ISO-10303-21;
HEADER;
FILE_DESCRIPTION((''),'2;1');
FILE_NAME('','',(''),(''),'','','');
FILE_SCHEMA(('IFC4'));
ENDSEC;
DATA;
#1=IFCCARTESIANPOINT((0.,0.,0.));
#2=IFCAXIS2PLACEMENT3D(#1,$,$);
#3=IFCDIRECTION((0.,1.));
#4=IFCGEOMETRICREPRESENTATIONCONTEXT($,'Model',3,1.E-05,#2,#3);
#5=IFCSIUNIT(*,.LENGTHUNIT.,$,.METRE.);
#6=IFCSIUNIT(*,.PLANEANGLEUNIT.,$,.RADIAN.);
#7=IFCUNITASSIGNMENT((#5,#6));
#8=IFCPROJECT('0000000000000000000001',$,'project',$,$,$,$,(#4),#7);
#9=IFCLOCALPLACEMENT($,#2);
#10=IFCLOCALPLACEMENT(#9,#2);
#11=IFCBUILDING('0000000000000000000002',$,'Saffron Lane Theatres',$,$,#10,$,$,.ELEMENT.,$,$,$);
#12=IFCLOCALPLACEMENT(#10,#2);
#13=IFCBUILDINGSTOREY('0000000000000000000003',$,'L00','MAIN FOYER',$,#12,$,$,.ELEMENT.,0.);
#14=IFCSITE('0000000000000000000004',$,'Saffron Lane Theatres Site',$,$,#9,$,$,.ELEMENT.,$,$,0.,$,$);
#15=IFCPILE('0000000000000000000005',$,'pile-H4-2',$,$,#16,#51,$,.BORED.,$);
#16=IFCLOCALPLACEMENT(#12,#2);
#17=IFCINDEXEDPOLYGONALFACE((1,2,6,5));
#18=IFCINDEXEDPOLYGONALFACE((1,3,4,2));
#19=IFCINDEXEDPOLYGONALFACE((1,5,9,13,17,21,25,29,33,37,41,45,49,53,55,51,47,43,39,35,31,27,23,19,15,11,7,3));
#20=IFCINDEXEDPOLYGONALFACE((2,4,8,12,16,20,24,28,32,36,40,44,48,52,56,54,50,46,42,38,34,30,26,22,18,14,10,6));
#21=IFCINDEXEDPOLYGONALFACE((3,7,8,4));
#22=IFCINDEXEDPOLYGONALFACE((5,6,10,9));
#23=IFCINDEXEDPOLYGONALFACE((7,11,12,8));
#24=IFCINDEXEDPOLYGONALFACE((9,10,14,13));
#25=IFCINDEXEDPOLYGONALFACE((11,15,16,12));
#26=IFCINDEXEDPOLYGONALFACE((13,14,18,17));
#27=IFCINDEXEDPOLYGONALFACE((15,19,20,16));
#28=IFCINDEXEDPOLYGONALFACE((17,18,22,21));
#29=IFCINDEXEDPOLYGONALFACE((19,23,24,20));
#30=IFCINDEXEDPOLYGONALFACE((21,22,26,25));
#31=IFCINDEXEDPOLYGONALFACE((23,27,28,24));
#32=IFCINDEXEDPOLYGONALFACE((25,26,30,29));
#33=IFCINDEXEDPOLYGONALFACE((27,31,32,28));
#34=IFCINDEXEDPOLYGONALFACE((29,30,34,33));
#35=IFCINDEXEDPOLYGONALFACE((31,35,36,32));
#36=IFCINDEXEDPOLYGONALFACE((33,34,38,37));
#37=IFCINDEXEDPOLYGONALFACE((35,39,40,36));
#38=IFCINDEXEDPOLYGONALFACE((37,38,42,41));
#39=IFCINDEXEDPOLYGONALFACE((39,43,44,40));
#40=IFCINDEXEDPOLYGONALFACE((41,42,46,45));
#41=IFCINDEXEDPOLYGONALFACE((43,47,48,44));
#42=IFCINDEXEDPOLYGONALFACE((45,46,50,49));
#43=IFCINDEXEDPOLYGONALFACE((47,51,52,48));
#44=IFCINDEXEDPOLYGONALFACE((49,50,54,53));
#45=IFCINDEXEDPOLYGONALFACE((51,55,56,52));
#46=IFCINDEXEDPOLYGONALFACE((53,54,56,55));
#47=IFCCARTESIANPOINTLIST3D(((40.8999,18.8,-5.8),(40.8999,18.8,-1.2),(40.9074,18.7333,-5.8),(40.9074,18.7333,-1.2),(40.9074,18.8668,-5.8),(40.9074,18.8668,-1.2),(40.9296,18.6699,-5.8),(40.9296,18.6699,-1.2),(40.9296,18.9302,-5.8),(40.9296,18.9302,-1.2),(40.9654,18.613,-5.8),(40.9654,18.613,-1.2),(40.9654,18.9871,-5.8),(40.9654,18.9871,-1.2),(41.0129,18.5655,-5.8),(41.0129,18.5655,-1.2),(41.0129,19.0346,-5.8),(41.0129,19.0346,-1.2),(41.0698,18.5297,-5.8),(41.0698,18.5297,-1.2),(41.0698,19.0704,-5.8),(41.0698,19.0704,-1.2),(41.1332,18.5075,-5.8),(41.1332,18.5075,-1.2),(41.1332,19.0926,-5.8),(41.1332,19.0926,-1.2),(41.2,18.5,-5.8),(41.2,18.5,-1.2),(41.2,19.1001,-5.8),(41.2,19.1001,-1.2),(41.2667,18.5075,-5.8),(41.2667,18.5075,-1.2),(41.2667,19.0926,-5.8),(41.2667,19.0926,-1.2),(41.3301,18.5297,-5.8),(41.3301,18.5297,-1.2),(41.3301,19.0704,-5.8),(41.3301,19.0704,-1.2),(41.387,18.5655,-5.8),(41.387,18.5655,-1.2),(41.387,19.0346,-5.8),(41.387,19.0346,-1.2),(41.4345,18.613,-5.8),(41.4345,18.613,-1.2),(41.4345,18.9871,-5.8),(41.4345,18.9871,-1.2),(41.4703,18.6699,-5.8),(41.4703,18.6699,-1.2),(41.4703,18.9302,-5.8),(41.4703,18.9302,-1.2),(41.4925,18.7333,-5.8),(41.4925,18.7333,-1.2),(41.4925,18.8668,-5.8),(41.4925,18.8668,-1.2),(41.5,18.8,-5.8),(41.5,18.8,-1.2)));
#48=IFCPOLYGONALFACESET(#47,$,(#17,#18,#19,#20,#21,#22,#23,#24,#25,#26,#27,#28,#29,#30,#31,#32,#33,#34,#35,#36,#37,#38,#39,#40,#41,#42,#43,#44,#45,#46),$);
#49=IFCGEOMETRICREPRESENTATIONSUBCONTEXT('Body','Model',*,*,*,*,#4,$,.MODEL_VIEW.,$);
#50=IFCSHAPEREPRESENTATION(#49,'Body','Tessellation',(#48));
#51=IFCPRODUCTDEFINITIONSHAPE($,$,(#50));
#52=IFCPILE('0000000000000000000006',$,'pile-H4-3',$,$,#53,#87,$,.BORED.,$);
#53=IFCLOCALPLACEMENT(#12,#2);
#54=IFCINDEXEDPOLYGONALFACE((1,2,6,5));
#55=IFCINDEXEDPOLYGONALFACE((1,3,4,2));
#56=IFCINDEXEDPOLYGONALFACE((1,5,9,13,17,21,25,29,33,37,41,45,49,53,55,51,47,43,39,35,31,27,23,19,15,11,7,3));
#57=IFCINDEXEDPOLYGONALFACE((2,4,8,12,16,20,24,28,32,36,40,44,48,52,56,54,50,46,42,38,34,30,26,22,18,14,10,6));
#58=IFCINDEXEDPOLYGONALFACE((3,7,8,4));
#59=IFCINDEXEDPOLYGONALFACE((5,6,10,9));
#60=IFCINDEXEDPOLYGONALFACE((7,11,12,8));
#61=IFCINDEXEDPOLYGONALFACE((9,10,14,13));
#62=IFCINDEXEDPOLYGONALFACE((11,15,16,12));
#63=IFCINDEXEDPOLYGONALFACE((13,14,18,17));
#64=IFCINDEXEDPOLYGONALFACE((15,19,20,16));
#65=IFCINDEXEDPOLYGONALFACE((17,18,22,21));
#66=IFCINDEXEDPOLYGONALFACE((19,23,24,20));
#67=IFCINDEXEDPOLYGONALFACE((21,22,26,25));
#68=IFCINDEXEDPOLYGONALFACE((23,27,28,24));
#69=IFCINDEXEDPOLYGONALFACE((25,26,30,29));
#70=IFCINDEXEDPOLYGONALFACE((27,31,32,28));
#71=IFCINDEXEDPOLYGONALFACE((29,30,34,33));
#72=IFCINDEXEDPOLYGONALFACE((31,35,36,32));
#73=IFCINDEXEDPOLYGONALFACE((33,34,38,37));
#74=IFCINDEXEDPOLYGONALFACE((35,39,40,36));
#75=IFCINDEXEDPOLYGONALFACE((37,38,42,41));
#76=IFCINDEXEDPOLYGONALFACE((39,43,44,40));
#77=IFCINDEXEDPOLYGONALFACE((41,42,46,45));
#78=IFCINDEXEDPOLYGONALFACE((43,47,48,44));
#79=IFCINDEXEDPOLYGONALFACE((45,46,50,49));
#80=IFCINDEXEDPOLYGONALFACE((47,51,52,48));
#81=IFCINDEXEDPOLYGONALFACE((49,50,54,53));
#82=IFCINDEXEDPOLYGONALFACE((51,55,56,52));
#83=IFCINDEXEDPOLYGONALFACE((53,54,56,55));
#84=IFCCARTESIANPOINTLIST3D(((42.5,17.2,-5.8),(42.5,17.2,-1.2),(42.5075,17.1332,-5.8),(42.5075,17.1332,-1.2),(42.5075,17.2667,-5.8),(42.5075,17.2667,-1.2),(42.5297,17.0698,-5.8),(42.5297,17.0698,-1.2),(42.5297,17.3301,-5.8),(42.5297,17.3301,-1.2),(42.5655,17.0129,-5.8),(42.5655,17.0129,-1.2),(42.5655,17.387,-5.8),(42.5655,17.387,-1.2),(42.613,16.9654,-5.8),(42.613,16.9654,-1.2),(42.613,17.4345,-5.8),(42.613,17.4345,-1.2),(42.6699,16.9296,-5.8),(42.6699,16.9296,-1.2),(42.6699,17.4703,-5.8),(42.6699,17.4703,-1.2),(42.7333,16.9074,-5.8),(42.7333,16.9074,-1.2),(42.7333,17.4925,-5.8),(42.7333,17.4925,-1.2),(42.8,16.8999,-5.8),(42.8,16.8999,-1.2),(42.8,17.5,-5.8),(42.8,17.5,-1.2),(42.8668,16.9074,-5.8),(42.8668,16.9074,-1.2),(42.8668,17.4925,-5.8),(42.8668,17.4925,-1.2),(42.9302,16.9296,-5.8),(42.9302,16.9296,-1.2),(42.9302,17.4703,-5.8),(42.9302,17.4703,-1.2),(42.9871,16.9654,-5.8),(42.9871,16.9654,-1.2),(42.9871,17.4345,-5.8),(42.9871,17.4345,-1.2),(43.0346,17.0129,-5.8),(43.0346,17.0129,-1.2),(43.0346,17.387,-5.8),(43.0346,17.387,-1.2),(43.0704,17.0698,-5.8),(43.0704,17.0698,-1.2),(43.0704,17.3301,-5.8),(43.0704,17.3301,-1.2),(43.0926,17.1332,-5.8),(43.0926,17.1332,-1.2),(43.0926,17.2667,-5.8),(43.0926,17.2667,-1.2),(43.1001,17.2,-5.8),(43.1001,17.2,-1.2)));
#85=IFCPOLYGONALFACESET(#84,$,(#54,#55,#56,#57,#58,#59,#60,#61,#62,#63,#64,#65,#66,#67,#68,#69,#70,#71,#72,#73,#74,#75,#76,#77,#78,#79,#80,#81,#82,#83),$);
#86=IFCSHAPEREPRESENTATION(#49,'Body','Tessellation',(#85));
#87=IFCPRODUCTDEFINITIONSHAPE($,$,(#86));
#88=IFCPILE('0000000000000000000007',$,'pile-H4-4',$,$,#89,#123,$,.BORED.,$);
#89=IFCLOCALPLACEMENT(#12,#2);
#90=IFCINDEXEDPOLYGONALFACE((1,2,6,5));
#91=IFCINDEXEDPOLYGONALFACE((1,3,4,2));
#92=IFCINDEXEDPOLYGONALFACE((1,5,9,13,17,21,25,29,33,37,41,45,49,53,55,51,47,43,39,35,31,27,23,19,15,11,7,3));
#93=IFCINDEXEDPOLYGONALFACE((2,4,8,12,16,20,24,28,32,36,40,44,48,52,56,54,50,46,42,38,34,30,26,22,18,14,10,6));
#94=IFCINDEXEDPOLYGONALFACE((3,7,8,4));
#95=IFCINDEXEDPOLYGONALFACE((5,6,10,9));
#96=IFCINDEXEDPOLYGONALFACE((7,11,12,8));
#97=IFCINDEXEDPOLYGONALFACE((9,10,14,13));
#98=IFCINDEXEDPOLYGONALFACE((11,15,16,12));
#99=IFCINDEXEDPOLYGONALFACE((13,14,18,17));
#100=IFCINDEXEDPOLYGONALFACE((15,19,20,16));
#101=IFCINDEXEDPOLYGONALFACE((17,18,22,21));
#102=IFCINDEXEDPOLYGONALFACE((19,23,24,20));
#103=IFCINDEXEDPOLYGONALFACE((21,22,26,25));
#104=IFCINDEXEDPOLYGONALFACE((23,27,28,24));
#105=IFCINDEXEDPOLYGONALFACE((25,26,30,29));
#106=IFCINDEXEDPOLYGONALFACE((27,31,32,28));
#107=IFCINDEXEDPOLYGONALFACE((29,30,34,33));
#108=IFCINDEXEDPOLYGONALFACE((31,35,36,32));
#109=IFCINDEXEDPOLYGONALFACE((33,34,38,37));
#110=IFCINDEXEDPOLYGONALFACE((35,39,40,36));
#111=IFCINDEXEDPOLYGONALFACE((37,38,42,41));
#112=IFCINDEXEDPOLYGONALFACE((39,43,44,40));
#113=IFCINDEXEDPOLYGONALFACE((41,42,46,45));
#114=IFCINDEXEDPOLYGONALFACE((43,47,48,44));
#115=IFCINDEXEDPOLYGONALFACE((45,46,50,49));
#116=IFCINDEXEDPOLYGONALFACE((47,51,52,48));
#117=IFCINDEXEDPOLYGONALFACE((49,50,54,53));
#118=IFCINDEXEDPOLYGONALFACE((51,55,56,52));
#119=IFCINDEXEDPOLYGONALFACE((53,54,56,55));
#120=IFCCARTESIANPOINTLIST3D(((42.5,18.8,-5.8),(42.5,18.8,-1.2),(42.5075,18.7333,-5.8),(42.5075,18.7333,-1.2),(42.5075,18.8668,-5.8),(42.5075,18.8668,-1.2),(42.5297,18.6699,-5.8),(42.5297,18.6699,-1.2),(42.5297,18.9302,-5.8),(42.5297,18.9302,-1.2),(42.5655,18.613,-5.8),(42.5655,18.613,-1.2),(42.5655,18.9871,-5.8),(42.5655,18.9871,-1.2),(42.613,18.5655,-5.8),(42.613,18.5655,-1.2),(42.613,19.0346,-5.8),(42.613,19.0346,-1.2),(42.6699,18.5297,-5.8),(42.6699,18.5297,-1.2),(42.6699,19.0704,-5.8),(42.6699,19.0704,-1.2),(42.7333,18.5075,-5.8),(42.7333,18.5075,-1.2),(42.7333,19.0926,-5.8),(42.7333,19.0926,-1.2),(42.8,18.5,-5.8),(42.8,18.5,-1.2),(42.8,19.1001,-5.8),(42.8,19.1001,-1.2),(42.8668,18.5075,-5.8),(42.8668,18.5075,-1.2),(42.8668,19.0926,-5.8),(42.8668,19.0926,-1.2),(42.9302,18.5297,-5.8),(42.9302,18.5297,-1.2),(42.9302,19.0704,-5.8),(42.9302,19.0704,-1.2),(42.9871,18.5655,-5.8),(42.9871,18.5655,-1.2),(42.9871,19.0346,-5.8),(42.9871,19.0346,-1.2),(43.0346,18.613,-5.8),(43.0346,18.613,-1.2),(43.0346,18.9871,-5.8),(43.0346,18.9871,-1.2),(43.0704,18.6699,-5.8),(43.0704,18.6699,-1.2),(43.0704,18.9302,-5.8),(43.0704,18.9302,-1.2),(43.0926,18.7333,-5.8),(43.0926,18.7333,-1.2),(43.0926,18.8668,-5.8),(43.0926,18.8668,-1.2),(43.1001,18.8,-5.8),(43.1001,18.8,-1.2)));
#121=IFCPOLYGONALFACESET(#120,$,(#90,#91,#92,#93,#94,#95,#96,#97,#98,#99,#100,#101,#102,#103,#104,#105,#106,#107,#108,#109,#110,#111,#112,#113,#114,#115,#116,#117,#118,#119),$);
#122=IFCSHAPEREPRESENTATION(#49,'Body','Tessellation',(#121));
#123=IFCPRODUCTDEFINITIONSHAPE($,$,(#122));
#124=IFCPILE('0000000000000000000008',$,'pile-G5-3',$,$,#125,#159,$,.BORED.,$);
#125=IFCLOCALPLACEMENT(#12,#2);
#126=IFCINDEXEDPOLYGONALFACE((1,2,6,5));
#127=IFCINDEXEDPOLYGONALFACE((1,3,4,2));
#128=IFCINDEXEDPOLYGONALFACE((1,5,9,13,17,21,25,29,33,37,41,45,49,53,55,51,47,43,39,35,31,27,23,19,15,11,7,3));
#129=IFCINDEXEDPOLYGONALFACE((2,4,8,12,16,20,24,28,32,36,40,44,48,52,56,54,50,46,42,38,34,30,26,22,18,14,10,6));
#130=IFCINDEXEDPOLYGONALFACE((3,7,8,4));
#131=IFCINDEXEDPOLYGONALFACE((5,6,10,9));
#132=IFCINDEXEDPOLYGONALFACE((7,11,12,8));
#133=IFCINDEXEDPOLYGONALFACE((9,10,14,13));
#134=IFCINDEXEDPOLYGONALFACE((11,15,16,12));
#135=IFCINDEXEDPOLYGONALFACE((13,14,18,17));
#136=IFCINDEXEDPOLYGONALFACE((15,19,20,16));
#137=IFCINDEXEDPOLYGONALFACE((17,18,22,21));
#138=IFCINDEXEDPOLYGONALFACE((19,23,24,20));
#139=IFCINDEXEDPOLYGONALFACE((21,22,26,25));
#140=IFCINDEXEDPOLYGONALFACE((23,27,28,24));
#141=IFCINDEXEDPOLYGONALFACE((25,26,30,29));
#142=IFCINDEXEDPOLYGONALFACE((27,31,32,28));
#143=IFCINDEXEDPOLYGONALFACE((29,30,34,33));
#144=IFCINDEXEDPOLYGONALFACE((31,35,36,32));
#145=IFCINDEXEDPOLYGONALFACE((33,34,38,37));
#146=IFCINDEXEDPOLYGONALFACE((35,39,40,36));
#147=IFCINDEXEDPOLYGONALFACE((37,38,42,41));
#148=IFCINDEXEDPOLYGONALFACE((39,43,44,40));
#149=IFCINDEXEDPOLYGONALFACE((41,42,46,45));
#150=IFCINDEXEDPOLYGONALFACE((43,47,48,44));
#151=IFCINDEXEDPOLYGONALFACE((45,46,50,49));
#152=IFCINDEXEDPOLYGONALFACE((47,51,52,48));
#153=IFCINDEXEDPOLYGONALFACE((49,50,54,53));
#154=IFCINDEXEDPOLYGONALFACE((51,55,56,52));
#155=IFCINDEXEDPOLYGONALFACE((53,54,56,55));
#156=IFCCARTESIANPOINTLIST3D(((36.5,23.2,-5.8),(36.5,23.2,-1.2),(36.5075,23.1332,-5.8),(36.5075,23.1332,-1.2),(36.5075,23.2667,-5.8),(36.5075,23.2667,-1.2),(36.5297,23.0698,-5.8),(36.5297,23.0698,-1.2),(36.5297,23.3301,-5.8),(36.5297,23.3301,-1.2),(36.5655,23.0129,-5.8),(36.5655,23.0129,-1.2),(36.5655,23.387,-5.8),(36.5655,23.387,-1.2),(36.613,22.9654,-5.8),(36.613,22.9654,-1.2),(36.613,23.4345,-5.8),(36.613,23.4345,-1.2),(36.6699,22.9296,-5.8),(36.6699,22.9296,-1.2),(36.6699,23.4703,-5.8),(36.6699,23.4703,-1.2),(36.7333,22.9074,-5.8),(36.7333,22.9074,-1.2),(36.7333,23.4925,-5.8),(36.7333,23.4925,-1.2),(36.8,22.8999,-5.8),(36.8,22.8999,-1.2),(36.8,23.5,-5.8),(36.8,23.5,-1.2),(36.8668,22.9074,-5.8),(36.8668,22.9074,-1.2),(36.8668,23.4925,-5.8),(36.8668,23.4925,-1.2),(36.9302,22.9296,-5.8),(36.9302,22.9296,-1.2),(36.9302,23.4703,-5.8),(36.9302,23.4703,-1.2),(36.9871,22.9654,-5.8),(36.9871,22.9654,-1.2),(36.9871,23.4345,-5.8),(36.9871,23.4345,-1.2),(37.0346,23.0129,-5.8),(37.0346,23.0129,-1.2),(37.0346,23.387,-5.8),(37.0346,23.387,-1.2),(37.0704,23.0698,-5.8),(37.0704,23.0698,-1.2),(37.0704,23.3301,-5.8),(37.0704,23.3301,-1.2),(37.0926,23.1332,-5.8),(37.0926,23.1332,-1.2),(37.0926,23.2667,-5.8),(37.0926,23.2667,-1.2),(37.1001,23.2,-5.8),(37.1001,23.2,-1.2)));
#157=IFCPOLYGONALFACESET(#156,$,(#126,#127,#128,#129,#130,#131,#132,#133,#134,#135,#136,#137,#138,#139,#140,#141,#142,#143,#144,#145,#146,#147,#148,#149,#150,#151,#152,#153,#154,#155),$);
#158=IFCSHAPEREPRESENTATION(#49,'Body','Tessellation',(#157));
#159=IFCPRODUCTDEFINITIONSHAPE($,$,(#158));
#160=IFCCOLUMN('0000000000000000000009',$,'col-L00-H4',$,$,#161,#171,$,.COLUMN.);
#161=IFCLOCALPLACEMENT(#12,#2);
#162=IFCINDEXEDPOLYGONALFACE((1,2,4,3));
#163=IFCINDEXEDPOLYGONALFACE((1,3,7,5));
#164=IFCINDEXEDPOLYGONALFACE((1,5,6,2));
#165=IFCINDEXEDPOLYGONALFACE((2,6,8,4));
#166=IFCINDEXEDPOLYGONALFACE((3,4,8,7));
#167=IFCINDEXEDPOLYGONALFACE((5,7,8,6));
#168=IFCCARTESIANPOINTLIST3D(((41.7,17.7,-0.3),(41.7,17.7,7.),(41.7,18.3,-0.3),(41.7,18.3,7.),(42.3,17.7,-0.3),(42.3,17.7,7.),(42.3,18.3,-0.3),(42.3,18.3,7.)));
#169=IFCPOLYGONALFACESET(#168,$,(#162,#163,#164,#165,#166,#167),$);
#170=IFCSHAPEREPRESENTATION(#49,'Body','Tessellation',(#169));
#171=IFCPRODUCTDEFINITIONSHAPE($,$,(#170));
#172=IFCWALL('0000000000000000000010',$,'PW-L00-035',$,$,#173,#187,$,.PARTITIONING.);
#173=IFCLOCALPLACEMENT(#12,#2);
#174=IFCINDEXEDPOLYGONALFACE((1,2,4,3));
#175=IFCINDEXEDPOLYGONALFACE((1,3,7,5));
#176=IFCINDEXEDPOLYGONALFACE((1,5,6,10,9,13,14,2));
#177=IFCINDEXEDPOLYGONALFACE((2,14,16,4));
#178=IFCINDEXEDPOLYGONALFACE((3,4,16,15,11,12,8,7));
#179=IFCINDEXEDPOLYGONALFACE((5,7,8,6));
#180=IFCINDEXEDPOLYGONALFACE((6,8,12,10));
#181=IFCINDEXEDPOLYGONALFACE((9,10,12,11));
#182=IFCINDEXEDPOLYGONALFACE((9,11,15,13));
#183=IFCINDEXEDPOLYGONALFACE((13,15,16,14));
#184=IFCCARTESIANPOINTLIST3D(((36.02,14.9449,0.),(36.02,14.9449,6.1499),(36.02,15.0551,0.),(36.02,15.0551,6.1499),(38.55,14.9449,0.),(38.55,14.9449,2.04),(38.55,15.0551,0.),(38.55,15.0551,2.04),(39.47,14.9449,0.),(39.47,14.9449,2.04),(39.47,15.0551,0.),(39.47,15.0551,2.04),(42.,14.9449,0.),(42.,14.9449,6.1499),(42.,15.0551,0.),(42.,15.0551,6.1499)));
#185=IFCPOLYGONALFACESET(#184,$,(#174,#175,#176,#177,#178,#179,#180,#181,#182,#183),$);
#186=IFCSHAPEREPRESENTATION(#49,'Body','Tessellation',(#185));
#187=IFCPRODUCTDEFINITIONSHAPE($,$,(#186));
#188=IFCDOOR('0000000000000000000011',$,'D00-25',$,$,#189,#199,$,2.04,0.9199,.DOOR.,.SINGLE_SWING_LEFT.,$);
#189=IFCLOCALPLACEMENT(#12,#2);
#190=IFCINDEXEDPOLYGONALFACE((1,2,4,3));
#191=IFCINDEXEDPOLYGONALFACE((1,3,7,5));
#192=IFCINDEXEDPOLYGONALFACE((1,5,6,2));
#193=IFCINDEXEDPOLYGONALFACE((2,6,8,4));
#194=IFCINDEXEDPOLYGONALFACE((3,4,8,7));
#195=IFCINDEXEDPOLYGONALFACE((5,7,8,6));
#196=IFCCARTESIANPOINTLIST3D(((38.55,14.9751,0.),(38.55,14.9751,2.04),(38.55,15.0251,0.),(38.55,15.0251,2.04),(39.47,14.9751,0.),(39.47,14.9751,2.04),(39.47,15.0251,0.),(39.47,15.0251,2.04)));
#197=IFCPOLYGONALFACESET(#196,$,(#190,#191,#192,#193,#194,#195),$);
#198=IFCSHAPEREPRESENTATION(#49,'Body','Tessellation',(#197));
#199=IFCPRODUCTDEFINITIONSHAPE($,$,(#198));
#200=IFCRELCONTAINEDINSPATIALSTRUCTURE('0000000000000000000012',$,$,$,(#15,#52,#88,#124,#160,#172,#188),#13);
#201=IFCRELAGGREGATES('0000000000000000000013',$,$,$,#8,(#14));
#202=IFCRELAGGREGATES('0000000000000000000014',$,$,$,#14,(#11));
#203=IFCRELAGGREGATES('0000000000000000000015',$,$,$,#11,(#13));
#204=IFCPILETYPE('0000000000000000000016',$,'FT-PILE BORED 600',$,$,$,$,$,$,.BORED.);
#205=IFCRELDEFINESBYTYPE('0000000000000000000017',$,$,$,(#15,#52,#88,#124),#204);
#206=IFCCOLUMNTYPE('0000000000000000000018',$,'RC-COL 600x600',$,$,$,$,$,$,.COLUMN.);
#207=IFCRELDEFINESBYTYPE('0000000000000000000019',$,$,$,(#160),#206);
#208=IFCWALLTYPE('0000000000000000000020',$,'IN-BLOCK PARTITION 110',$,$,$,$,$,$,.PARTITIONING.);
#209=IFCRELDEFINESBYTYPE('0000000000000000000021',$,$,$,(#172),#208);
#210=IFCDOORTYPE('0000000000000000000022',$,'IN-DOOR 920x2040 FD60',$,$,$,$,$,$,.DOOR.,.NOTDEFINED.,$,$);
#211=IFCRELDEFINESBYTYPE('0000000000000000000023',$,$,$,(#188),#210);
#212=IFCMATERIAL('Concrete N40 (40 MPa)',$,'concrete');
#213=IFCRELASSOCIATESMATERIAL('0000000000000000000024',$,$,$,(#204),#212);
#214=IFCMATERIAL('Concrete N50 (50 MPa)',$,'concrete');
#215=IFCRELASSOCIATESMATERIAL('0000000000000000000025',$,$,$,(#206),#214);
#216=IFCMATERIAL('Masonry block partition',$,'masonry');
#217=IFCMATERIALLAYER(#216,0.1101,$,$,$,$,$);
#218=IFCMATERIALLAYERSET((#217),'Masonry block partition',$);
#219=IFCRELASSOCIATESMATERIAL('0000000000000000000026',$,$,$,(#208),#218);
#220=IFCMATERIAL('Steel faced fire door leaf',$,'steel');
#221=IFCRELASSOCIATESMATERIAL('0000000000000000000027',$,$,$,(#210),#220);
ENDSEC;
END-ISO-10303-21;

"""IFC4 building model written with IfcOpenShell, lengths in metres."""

from ifc_helpers import new_model, si_unit, direction, frame, frame_2d, origin, origin_2d, place, context, subcontext, project, spatial, rectangle, circle, extrude, material, layer, layer_set, material_profile, profile_set, type_object, element, fill, save


model = new_model("IFC4")

# Units and contexts
model_context = context("Model", 3, precision=1e-05, world=origin(), true_north=direction((0.0, 1.0)))
body_context = subcontext(model_context, "Body", "Model", "MODEL_VIEW")
ifc_project = project(units=[si_unit("LENGTHUNIT", "METRE"), si_unit("PLANEANGLEUNIT", "RADIAN")], contexts=[model_context])

# Site, building, storey
site_placement = place(None, origin())
site = spatial("IfcSite", under=ifc_project, at=site_placement, Name="Saffron Lane Theatres Site", CompositionType="ELEMENT", RefElevation=0.0)
building_placement = place(site_placement, origin())
building = spatial("IfcBuilding", under=site, at=building_placement, Name="Saffron Lane Theatres", CompositionType="ELEMENT")
storey_placement = place(building_placement, origin())
storey = spatial("IfcBuildingStorey", under=building, at=storey_placement, Name="L00", Description="MAIN FOYER", CompositionType="ELEMENT", Elevation=0.0)

# Piles
ifc_material_1 = material(Name="Concrete N40 (40 MPa)", Category="concrete")
ifc_material_profile_1 = material_profile(ifc_material_1, circle(Radius=0.3, at=origin_2d()))
ifc_profile_set_1 = profile_set([ifc_material_profile_1], Name="Concrete N40 (40 MPa)")
pile_type = type_object("IfcPileType", Name="FT-PILE BORED 600", PredefinedType="BORED", material=ifc_profile_set_1)
for number, where, z_axis, x_axis, name in (
    (1, (41.2, 18.8, -1.2), (0.0, 0.0, -1.0), (1.0, 0.0, 0.0), "pile-H4-2"),
    (2, (42.8, 17.2, -1.2), (0.0, 0.0, -1.0), (1.0, 0.0, 0.0), "pile-H4-3"),
    (3, (42.8, 18.8, -1.2), (0.0, 0.0, -1.0), (1.0, 0.0, 0.0), "pile-H4-4"),
    (4, (36.8, 23.2, -1.2), (0.0, 0.0, -1.0), (1.0, 0.0, 0.0), "pile-G5-3"),
):
    element("IfcPile", number, at=place(storey_placement, frame(where, z_axis=z_axis, x_axis=x_axis)), inside=storey, type_object=pile_type, Name=name, PredefinedType="BORED", context=body_context, shape_type="SweptSolid", body=[
        extrude(circle(Radius=0.3, at=origin_2d()), origin(), (0.0, 0.0, 1.0), 4.6001),
    ])

# Column
ifc_material_2 = material(Name="Concrete N50 (50 MPa)", Category="concrete")
ifc_material_profile_2 = material_profile(ifc_material_2, rectangle(XDim=0.6001, YDim=0.6001, at=origin_2d()))
ifc_profile_set_2 = profile_set([ifc_material_profile_2], Name="Concrete N50 (50 MPa)")
column_type = type_object("IfcColumnType", Name="RC-COL 600x600", PredefinedType="COLUMN", material=ifc_profile_set_2)
column_placement = place(storey_placement, frame((42.0, 18.0, -0.3), z_axis=(0.0, 0.0, 1.0), x_axis=(1.0, 0.0, 0.0)))
element("IfcColumn", 5, at=column_placement, inside=storey, type_object=column_type, Name="col-L00-H4", PredefinedType="COLUMN", context=body_context, shape_type="SweptSolid", body=[
    extrude(rectangle(XDim=0.6001, YDim=0.6001, at=origin_2d()), origin(), (0.0, 0.0, 1.0), 7.3),
])

# Wall, opening, door
ifc_material_3 = material(Name="Masonry block partition", Category="masonry")
ifc_layer_1 = layer(ifc_material_3, 0.1101)
ifc_layer_set_1 = layer_set([ifc_layer_1], Name="Masonry block partition")
wall_type_1 = type_object("IfcWallType", Name="IN-BLOCK PARTITION 110", PredefinedType="PARTITIONING", material=ifc_layer_set_1)
wall_1_placement = place(storey_placement, frame((36.02, 15.0, 0.0), z_axis=(0.0, 0.0, 1.0), x_axis=(1.0, 0.0, 0.0)))
wall_1 = element("IfcWall", 6, at=wall_1_placement, inside=storey, type_object=wall_type_1, Name="PW-L00-035", PredefinedType="PARTITIONING", context=body_context, shape_type="SweptSolid", body=[
    extrude(rectangle(XDim=5.98, YDim=0.1101, at=frame_2d((2.99, 0.0))), origin(), (0.0, 0.0, 1.0), 6.1499),
])
opening_1_placement = place(wall_1_placement, frame((2.53, 0.0, 0.0)))
opening_1 = element("IfcOpeningElement", 7, at=opening_1_placement, cuts=wall_1, PredefinedType="OPENING", context=body_context, shape_type="SweptSolid", body=[
    extrude(rectangle(XDim=0.9199, YDim=2.04, at=frame_2d((0.46, 1.02))), frame((0.0, 0.0649, 0.0), z_axis=(0.0, -1.0, 0.0), x_axis=(1.0, 0.0, 0.0)), (0.0, 0.0, 1.0), 0.1301),
])
ifc_material_4 = material(Name="Steel faced fire door leaf", Category="steel")
door_type_1 = type_object("IfcDoorType", Name="IN-DOOR 920x2040 FD60", OperationType="NOTDEFINED", PredefinedType="DOOR", material=ifc_material_4)
door_1_placement = place(opening_1_placement, frame((0.9199, 0.0, 0.0), z_axis=(0.0, 0.0, 1.0), x_axis=(-1.0, 0.0, 0.0)))
door_1 = element("IfcDoor", 8, at=door_1_placement, inside=storey, type_object=door_type_1, Name="D00-25", OperationType="SINGLE_SWING_LEFT", OverallHeight=2.04, OverallWidth=0.9199, PredefinedType="DOOR", context=body_context, shape_type="SweptSolid", body=[
    extrude(rectangle(XDim=0.9199, YDim=2.04, at=frame_2d((0.46, 1.02))), frame((0.0, 0.0249, 0.0), z_axis=(0.0, -1.0, 0.0), x_axis=(1.0, 0.0, 0.0)), (0.0, 0.0, 1.0), 0.05),
])
fill(opening_1, door_1)

save(model, "model.ifc")
